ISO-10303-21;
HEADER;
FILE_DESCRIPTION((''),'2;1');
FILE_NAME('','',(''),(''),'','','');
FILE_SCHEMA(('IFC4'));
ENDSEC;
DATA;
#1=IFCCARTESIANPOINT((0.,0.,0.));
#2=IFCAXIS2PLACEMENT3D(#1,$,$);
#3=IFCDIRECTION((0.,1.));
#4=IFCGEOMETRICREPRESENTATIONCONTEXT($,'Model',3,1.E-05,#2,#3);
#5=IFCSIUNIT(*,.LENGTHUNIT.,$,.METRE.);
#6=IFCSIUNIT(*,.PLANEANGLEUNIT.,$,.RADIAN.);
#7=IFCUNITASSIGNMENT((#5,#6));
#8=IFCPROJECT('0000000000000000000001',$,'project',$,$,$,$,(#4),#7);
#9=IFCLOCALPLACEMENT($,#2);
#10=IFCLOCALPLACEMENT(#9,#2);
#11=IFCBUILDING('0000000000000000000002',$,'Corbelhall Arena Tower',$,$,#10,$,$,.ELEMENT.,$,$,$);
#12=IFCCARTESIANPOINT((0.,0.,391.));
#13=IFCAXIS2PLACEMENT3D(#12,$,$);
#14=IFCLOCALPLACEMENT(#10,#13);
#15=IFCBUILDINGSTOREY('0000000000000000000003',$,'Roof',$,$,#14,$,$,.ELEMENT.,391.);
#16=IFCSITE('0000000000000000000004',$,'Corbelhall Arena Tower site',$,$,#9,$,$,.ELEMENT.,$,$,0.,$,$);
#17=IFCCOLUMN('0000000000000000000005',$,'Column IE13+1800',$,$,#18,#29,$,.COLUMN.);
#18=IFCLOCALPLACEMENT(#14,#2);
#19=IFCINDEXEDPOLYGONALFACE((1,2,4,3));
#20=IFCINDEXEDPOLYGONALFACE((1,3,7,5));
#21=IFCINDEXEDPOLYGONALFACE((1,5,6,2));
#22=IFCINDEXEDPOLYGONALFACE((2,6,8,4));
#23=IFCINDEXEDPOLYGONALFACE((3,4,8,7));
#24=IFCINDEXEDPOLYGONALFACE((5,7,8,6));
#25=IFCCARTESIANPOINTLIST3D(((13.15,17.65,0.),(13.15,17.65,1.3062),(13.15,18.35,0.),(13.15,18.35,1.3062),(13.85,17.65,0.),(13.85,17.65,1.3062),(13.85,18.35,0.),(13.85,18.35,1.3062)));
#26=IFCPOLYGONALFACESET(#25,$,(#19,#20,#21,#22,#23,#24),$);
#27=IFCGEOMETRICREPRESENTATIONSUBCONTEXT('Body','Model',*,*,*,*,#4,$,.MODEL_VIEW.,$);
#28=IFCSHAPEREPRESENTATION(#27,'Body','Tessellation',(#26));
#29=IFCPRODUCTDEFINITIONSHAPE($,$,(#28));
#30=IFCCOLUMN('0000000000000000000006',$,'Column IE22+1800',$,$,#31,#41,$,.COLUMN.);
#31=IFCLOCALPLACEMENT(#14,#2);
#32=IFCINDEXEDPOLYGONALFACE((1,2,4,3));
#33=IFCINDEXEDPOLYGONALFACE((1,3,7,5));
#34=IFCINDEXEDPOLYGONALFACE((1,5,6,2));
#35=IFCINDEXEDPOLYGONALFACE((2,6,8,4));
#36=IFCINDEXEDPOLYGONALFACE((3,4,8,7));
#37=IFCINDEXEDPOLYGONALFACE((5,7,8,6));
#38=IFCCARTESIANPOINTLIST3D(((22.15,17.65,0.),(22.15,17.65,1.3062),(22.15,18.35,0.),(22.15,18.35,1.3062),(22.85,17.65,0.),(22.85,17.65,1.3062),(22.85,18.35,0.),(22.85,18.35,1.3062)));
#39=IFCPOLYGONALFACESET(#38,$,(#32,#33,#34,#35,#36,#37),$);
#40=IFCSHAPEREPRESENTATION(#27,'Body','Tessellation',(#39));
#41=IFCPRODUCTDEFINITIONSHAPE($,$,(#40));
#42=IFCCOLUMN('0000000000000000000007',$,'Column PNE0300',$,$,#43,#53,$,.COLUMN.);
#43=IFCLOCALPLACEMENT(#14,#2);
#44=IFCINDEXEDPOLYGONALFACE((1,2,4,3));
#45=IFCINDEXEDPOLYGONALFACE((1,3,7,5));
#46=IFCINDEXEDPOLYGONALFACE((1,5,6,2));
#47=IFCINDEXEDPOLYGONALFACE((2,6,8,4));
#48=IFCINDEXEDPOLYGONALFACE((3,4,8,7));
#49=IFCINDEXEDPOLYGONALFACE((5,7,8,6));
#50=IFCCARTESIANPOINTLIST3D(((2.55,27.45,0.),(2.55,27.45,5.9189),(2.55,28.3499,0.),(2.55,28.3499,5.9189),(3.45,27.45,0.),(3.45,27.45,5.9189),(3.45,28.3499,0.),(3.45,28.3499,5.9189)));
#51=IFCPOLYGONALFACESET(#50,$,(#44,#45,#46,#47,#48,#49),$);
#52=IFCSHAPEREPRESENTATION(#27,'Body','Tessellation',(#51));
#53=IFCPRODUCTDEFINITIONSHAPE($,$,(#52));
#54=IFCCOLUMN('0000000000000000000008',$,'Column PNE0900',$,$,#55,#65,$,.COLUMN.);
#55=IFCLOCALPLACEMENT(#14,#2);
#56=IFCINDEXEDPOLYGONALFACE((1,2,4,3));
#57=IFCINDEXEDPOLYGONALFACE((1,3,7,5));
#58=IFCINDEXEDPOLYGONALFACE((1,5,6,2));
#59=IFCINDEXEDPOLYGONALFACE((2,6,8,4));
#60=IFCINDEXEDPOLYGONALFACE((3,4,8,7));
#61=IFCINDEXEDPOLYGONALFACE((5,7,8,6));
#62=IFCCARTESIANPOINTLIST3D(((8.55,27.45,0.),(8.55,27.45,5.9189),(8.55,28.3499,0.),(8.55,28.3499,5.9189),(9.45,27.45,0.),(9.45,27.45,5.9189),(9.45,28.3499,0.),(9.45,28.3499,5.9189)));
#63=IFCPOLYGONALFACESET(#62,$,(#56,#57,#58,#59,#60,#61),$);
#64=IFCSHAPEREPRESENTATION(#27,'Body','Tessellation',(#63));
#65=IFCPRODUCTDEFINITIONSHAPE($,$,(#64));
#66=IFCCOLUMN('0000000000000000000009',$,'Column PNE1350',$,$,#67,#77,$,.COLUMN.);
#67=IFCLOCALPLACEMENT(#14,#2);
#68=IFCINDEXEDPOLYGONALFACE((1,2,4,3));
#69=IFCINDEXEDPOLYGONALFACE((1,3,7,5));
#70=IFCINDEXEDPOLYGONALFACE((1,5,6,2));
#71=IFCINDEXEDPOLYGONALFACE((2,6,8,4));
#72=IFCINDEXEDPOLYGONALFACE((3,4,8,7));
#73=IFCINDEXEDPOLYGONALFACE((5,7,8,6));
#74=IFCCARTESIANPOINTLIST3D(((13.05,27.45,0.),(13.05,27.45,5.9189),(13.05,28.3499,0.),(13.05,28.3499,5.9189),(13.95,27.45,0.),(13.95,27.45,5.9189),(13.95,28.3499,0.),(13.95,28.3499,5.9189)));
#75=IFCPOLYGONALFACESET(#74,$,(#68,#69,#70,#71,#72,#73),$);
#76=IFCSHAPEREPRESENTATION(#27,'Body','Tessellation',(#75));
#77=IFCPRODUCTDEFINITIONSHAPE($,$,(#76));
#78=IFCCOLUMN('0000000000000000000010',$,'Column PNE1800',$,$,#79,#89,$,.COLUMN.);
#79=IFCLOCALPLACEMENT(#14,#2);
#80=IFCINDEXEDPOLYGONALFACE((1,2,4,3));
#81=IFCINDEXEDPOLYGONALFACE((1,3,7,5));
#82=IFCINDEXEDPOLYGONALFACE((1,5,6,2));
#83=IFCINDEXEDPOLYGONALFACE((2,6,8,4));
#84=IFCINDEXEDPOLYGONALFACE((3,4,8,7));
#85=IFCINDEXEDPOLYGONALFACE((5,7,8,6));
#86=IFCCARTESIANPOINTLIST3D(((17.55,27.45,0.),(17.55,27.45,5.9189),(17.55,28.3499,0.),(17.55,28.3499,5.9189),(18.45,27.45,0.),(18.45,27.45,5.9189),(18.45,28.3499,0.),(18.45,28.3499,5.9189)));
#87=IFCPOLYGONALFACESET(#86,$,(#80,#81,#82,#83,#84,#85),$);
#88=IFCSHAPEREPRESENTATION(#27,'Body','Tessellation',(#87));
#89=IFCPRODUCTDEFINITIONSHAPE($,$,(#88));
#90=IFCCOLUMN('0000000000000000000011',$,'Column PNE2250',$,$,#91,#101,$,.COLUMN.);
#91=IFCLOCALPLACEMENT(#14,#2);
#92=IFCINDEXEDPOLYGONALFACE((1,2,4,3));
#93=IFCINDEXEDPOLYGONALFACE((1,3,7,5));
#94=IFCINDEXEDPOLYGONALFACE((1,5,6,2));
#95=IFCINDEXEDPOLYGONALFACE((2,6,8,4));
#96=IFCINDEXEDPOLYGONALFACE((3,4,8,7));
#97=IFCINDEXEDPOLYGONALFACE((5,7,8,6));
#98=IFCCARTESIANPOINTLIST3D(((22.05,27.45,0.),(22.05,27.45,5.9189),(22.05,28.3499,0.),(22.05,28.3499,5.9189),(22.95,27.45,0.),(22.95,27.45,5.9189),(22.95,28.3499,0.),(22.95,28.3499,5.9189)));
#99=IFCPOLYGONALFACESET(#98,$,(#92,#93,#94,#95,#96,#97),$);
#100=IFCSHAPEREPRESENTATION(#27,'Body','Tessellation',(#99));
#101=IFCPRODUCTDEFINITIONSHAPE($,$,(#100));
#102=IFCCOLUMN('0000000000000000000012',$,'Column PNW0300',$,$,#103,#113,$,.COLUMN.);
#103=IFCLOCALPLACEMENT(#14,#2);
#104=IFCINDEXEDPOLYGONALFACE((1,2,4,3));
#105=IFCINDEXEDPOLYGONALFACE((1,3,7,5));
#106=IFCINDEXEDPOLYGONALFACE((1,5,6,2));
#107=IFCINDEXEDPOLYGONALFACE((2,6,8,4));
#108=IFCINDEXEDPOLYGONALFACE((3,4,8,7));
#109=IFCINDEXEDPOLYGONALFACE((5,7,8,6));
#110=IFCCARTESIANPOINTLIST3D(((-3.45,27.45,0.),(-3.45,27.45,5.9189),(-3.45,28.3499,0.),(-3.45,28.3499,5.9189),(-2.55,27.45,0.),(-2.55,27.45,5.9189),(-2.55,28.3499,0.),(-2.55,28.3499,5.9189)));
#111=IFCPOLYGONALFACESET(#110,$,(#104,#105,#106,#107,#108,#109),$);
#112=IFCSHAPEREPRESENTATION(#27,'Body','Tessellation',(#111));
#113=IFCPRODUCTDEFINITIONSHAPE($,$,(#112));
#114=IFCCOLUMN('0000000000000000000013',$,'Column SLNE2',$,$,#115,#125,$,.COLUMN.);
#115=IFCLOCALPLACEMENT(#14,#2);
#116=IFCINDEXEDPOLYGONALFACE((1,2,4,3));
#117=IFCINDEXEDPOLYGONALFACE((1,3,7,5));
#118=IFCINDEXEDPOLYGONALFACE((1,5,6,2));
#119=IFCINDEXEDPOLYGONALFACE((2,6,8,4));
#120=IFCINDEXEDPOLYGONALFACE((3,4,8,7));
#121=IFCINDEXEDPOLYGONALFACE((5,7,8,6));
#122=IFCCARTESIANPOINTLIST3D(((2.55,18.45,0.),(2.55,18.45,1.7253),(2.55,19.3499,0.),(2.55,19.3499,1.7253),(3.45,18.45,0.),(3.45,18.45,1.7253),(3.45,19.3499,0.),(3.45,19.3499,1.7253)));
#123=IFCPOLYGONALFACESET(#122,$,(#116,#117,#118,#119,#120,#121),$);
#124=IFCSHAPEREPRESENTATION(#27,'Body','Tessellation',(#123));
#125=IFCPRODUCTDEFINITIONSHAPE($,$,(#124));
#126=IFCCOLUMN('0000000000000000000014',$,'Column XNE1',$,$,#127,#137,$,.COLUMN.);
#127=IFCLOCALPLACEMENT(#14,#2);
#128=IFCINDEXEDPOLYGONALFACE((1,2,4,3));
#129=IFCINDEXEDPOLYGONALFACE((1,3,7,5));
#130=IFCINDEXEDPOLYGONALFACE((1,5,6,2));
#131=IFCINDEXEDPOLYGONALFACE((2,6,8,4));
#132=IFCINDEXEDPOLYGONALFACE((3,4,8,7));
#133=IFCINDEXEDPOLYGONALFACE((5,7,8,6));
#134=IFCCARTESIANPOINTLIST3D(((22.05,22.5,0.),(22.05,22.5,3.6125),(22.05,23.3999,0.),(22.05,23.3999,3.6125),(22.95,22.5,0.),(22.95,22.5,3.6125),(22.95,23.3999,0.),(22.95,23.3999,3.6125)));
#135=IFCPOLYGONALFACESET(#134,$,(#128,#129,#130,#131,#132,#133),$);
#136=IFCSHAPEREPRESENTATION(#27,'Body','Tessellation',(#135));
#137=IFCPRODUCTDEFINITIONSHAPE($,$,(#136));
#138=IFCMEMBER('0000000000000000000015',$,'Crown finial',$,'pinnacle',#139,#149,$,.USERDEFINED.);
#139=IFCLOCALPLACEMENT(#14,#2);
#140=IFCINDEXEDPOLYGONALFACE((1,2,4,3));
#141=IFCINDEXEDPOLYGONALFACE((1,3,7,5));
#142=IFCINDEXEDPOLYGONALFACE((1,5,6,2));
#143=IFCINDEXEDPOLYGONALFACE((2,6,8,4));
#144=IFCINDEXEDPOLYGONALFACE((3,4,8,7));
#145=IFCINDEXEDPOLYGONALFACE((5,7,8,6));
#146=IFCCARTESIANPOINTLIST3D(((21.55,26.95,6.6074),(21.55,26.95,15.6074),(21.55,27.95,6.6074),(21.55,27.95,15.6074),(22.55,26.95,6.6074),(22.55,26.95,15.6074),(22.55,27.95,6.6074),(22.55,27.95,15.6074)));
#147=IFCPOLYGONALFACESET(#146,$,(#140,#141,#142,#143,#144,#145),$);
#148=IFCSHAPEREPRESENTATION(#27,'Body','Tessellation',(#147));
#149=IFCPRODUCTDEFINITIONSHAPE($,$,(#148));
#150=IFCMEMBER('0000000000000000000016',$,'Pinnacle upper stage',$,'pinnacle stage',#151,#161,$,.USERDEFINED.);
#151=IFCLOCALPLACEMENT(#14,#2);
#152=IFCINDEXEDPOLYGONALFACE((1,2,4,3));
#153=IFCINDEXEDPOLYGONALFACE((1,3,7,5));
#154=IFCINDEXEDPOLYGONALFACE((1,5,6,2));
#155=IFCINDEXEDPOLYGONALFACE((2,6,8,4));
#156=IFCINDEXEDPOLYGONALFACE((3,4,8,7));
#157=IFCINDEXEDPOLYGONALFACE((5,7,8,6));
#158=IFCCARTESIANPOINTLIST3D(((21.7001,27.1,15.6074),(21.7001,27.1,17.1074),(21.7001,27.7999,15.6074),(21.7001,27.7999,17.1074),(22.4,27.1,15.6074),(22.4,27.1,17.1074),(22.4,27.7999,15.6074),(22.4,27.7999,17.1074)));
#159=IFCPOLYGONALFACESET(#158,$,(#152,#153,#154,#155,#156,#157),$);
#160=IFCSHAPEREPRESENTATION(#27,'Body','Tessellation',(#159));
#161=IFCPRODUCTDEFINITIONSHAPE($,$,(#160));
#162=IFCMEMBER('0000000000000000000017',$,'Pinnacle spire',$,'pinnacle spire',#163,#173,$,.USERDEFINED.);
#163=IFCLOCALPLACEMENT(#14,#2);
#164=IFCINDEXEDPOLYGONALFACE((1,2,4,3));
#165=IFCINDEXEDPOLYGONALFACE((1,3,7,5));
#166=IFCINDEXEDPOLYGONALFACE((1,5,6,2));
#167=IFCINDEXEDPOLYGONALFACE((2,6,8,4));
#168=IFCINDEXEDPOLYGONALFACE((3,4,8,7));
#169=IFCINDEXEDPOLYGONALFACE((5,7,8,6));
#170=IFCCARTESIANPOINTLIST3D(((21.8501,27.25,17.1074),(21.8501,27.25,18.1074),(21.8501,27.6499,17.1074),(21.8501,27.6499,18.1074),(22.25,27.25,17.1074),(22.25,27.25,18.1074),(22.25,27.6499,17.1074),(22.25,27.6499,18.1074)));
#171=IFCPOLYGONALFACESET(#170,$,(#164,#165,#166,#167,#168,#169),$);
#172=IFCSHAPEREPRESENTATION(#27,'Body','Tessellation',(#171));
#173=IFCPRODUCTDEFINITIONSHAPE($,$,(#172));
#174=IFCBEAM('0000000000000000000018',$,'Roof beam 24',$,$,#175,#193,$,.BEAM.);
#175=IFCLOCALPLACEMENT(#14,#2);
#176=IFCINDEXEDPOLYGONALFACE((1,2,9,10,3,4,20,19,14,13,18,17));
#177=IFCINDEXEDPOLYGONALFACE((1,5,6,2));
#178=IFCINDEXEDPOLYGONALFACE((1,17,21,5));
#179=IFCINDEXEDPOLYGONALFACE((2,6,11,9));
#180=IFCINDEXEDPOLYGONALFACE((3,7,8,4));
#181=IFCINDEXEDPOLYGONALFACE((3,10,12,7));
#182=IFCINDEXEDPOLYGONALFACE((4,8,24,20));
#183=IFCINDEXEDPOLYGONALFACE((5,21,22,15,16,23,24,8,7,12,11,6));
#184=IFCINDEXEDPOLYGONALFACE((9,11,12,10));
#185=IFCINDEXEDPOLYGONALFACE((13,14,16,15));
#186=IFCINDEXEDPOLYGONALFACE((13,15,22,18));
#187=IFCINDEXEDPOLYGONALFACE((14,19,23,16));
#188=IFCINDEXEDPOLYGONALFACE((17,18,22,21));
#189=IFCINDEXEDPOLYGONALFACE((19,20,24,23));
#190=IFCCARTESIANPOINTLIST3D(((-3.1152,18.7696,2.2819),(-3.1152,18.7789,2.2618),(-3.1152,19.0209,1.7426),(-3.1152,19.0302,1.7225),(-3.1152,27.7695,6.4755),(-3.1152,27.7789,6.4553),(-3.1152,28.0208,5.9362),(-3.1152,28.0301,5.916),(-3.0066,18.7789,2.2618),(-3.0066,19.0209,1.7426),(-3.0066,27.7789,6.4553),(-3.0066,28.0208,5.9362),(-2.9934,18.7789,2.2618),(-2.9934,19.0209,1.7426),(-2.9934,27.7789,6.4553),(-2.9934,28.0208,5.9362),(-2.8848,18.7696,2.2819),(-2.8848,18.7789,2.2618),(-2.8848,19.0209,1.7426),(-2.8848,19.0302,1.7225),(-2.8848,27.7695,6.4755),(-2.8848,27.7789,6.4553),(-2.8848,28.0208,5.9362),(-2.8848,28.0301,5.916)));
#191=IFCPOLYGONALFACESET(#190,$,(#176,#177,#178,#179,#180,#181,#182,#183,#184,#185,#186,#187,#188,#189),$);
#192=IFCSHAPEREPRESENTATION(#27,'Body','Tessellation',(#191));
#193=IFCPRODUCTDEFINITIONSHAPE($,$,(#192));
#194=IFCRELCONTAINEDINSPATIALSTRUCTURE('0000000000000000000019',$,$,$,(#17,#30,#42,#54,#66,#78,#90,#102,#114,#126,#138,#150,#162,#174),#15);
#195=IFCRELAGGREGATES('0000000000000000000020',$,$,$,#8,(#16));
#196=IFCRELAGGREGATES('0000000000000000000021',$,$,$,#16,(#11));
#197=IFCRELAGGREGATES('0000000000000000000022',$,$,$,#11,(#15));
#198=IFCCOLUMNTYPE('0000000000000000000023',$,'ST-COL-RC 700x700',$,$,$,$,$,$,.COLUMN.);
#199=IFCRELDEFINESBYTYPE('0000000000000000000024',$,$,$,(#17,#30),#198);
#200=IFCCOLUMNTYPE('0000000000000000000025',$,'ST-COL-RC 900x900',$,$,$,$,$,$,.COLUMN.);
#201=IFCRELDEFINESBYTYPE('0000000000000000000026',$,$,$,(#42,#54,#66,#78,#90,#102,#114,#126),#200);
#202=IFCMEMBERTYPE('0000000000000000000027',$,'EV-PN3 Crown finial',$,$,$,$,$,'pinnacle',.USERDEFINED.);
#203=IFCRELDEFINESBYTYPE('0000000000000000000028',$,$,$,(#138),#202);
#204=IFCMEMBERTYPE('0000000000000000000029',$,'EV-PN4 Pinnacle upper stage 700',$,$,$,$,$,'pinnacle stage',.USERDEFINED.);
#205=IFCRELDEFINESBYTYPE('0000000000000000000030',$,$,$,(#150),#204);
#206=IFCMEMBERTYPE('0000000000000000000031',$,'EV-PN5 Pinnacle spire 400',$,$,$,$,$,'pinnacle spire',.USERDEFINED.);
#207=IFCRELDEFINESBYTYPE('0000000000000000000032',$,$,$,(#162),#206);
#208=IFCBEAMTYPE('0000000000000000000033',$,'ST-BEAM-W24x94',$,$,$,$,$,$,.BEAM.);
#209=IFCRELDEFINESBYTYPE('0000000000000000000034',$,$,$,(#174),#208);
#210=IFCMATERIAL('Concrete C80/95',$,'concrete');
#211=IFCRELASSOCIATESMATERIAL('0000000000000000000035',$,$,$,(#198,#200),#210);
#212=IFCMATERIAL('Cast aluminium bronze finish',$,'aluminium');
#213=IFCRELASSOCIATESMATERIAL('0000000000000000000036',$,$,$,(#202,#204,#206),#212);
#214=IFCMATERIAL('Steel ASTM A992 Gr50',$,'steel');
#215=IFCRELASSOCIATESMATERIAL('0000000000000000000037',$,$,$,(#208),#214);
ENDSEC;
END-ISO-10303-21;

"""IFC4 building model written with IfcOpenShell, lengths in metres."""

from ifc_helpers import new_model, si_unit, direction, frame, origin, origin_2d, place, context, subcontext, project, spatial, rectangle, i_section, extrude, material, material_profile, profile_set, type_object, element, save


model = new_model("IFC4")

# Units and contexts
model_context = context("Model", 3, precision=1e-05, world=origin(), true_north=direction((0.0, 1.0)))
body_context = subcontext(model_context, "Body", "Model", "MODEL_VIEW")
ifc_project = project(units=[si_unit("LENGTHUNIT", "METRE"), si_unit("PLANEANGLEUNIT", "RADIAN")], contexts=[model_context])

# Site, building, storey
site_placement = place(None, origin())
site = spatial("IfcSite", under=ifc_project, at=site_placement, Name="Corbelhall Arena Tower site", CompositionType="ELEMENT", RefElevation=0.0)
building_placement = place(site_placement, origin())
building = spatial("IfcBuilding", under=site, at=building_placement, Name="Corbelhall Arena Tower", CompositionType="ELEMENT")
storey_placement = place(building_placement, frame((0.0, 0.0, 391.0)))
storey = spatial("IfcBuildingStorey", under=building, at=storey_placement, Name="Roof", CompositionType="ELEMENT", Elevation=391.0)

# Columns
ifc_material_1 = material(Name="Concrete C80/95", Category="concrete")
ifc_material_profile_1 = material_profile(ifc_material_1, rectangle(XDim=0.7, YDim=0.7, at=origin_2d()))
ifc_profile_set_1 = profile_set([ifc_material_profile_1], Name="Concrete C80/95")
column_type_1 = type_object("IfcColumnType", Name="ST-COL-RC 700x700", PredefinedType="COLUMN", material=ifc_profile_set_1)
for number, where, z_axis, x_axis, name in (
    (1, (13.5, 18.0, 0.0), (0.0, 0.0, 1.0), (1.0, 0.0, 0.0), "Column IE13+1800"),
    (2, (22.5, 18.0, 0.0), (0.0, 0.0, 1.0), (1.0, 0.0, 0.0), "Column IE22+1800"),
):
    element("IfcColumn", number, at=place(storey_placement, frame(where, z_axis=z_axis, x_axis=x_axis)), inside=storey, type_object=column_type_1, Name=name, PredefinedType="COLUMN", context=body_context, shape_type="SweptSolid", body=[
        extrude(rectangle(XDim=0.7, YDim=0.7, at=origin_2d()), origin(), (0.0, 0.0, 1.0), 1.3062),
    ])
ifc_material_profile_2 = material_profile(ifc_material_1, rectangle(XDim=0.8999, YDim=0.8999, at=origin_2d()))
ifc_profile_set_2 = profile_set([ifc_material_profile_2], Name="Concrete C80/95")
column_type_2 = type_object("IfcColumnType", Name="ST-COL-RC 900x900", PredefinedType="COLUMN", material=ifc_profile_set_2)
for number, where, z_axis, x_axis, name in (
    (3, (3.0, 27.8999, 0.0), (0.0, 0.0, 1.0), (1.0, 0.0, 0.0), "Column PNE0300"),
    (4, (9.0, 27.8999, 0.0), (0.0, 0.0, 1.0), (1.0, 0.0, 0.0), "Column PNE0900"),
    (5, (13.5, 27.8999, 0.0), (0.0, 0.0, 1.0), (1.0, 0.0, 0.0), "Column PNE1350"),
    (6, (18.0, 27.8999, 0.0), (0.0, 0.0, 1.0), (1.0, 0.0, 0.0), "Column PNE1800"),
    (7, (22.5, 27.8999, 0.0), (0.0, 0.0, 1.0), (1.0, 0.0, 0.0), "Column PNE2250"),
    (8, (-3.0, 27.8999, 0.0), (0.0, 0.0, 1.0), (1.0, 0.0, 0.0), "Column PNW0300"),
):
    element("IfcColumn", number, at=place(storey_placement, frame(where, z_axis=z_axis, x_axis=x_axis)), inside=storey, type_object=column_type_2, Name=name, PredefinedType="COLUMN", context=body_context, shape_type="SweptSolid", body=[
        extrude(rectangle(XDim=0.8999, YDim=0.8999, at=origin_2d()), origin(), (0.0, 0.0, 1.0), 5.9189),
    ])
column_1_placement = place(storey_placement, frame((3.0, 18.8999, 0.0), z_axis=(0.0, 0.0, 1.0), x_axis=(1.0, 0.0, 0.0)))
element("IfcColumn", 9, at=column_1_placement, inside=storey, type_object=column_type_2, Name="Column SLNE2", PredefinedType="COLUMN", context=body_context, shape_type="SweptSolid", body=[
    extrude(rectangle(XDim=0.8999, YDim=0.8999, at=origin_2d()), origin(), (0.0, 0.0, 1.0), 1.7253),
])
column_2_placement = place(storey_placement, frame((22.5, 22.95, 0.0), z_axis=(0.0, 0.0, 1.0), x_axis=(1.0, 0.0, 0.0)))
element("IfcColumn", 10, at=column_2_placement, inside=storey, type_object=column_type_2, Name="Column XNE1", PredefinedType="COLUMN", context=body_context, shape_type="SweptSolid", body=[
    extrude(rectangle(XDim=0.8999, YDim=0.8999, at=origin_2d()), origin(), (0.0, 0.0, 1.0), 3.6125),
])

# Members
ifc_material_2 = material(Name="Cast aluminium bronze finish", Category="aluminium")
ifc_material_profile_3 = material_profile(ifc_material_2, rectangle(XDim=1.0, YDim=1.0, at=origin_2d()))
ifc_profile_set_3 = profile_set([ifc_material_profile_3], Name="Cast aluminium bronze finish")
member_type_1 = type_object("IfcMemberType", Name="EV-PN3 Crown finial", ElementType="pinnacle", PredefinedType="USERDEFINED", material=ifc_profile_set_3)
member_1_placement = place(storey_placement, frame((22.05, 27.45, 6.6074), z_axis=(0.0, 0.0, 1.0), x_axis=(1.0, 0.0, 0.0)))
element("IfcMember", 11, at=member_1_placement, inside=storey, type_object=member_type_1, Name="Crown finial", ObjectType="pinnacle", PredefinedType="USERDEFINED", context=body_context, shape_type="SweptSolid", body=[
    extrude(rectangle(XDim=1.0, YDim=1.0, at=origin_2d()), origin(), (0.0, 0.0, 1.0), 9.0),
])
ifc_material_profile_4 = material_profile(ifc_material_2, rectangle(XDim=0.7, YDim=0.7, at=origin_2d()))
ifc_profile_set_4 = profile_set([ifc_material_profile_4], Name="Cast aluminium bronze finish")
member_type_2 = type_object("IfcMemberType", Name="EV-PN4 Pinnacle upper stage 700", ElementType="pinnacle stage", PredefinedType="USERDEFINED", material=ifc_profile_set_4)
member_2_placement = place(storey_placement, frame((22.05, 27.45, 15.6074), z_axis=(0.0, 0.0, 1.0), x_axis=(1.0, 0.0, 0.0)))
element("IfcMember", 12, at=member_2_placement, inside=storey, type_object=member_type_2, Name="Pinnacle upper stage", ObjectType="pinnacle stage", PredefinedType="USERDEFINED", context=body_context, shape_type="SweptSolid", body=[
    extrude(rectangle(XDim=0.7, YDim=0.7, at=origin_2d()), origin(), (0.0, 0.0, 1.0), 1.5),
])
ifc_material_profile_5 = material_profile(ifc_material_2, rectangle(XDim=0.3999, YDim=0.3999, at=origin_2d()))
ifc_profile_set_5 = profile_set([ifc_material_profile_5], Name="Cast aluminium bronze finish")
member_type_3 = type_object("IfcMemberType", Name="EV-PN5 Pinnacle spire 400", ElementType="pinnacle spire", PredefinedType="USERDEFINED", material=ifc_profile_set_5)
member_3_placement = place(storey_placement, frame((22.05, 27.45, 17.1074), z_axis=(0.0, 0.0, 1.0), x_axis=(1.0, 0.0, 0.0)))
element("IfcMember", 13, at=member_3_placement, inside=storey, type_object=member_type_3, Name="Pinnacle spire", ObjectType="pinnacle spire", PredefinedType="USERDEFINED", context=body_context, shape_type="SweptSolid", body=[
    extrude(rectangle(XDim=0.3999, YDim=0.3999, at=origin_2d()), origin(), (0.0, 0.0, 1.0), 1.0),
])

# Beam
ifc_material_3 = material(Name="Steel ASTM A992 Gr50", Category="steel")
ifc_material_profile_6 = material_profile(ifc_material_3, i_section(OverallWidth=0.2305, OverallDepth=0.6172, WebThickness=0.0132, FlangeThickness=0.0222, at=origin_2d()))
ifc_profile_set_6 = profile_set([ifc_material_profile_6], Name="Steel ASTM A992 Gr50")
beam_type = type_object("IfcBeamType", Name="ST-BEAM-W24x94", PredefinedType="BEAM", material=ifc_profile_set_6)
for number, where, z_axis, x_axis, name in (
    (14, (-3.0, 18.8999, 2.0022), (0.0, 0.90643, 0.422356), (-1.0, 0.0, 0.0), "Roof beam 24"),
):
    element("IfcBeam", number, at=place(storey_placement, frame(where, z_axis=z_axis, x_axis=x_axis)), inside=storey, type_object=beam_type, Name=name, PredefinedType="BEAM", context=body_context, shape_type="SweptSolid", body=[
        extrude(i_section(OverallWidth=0.2305, OverallDepth=0.6172, WebThickness=0.0132, FlangeThickness=0.0222, at=origin_2d()), origin(), (0.0, 0.0, 1.0), 9.929),
    ])

save(model, "model.ifc")
